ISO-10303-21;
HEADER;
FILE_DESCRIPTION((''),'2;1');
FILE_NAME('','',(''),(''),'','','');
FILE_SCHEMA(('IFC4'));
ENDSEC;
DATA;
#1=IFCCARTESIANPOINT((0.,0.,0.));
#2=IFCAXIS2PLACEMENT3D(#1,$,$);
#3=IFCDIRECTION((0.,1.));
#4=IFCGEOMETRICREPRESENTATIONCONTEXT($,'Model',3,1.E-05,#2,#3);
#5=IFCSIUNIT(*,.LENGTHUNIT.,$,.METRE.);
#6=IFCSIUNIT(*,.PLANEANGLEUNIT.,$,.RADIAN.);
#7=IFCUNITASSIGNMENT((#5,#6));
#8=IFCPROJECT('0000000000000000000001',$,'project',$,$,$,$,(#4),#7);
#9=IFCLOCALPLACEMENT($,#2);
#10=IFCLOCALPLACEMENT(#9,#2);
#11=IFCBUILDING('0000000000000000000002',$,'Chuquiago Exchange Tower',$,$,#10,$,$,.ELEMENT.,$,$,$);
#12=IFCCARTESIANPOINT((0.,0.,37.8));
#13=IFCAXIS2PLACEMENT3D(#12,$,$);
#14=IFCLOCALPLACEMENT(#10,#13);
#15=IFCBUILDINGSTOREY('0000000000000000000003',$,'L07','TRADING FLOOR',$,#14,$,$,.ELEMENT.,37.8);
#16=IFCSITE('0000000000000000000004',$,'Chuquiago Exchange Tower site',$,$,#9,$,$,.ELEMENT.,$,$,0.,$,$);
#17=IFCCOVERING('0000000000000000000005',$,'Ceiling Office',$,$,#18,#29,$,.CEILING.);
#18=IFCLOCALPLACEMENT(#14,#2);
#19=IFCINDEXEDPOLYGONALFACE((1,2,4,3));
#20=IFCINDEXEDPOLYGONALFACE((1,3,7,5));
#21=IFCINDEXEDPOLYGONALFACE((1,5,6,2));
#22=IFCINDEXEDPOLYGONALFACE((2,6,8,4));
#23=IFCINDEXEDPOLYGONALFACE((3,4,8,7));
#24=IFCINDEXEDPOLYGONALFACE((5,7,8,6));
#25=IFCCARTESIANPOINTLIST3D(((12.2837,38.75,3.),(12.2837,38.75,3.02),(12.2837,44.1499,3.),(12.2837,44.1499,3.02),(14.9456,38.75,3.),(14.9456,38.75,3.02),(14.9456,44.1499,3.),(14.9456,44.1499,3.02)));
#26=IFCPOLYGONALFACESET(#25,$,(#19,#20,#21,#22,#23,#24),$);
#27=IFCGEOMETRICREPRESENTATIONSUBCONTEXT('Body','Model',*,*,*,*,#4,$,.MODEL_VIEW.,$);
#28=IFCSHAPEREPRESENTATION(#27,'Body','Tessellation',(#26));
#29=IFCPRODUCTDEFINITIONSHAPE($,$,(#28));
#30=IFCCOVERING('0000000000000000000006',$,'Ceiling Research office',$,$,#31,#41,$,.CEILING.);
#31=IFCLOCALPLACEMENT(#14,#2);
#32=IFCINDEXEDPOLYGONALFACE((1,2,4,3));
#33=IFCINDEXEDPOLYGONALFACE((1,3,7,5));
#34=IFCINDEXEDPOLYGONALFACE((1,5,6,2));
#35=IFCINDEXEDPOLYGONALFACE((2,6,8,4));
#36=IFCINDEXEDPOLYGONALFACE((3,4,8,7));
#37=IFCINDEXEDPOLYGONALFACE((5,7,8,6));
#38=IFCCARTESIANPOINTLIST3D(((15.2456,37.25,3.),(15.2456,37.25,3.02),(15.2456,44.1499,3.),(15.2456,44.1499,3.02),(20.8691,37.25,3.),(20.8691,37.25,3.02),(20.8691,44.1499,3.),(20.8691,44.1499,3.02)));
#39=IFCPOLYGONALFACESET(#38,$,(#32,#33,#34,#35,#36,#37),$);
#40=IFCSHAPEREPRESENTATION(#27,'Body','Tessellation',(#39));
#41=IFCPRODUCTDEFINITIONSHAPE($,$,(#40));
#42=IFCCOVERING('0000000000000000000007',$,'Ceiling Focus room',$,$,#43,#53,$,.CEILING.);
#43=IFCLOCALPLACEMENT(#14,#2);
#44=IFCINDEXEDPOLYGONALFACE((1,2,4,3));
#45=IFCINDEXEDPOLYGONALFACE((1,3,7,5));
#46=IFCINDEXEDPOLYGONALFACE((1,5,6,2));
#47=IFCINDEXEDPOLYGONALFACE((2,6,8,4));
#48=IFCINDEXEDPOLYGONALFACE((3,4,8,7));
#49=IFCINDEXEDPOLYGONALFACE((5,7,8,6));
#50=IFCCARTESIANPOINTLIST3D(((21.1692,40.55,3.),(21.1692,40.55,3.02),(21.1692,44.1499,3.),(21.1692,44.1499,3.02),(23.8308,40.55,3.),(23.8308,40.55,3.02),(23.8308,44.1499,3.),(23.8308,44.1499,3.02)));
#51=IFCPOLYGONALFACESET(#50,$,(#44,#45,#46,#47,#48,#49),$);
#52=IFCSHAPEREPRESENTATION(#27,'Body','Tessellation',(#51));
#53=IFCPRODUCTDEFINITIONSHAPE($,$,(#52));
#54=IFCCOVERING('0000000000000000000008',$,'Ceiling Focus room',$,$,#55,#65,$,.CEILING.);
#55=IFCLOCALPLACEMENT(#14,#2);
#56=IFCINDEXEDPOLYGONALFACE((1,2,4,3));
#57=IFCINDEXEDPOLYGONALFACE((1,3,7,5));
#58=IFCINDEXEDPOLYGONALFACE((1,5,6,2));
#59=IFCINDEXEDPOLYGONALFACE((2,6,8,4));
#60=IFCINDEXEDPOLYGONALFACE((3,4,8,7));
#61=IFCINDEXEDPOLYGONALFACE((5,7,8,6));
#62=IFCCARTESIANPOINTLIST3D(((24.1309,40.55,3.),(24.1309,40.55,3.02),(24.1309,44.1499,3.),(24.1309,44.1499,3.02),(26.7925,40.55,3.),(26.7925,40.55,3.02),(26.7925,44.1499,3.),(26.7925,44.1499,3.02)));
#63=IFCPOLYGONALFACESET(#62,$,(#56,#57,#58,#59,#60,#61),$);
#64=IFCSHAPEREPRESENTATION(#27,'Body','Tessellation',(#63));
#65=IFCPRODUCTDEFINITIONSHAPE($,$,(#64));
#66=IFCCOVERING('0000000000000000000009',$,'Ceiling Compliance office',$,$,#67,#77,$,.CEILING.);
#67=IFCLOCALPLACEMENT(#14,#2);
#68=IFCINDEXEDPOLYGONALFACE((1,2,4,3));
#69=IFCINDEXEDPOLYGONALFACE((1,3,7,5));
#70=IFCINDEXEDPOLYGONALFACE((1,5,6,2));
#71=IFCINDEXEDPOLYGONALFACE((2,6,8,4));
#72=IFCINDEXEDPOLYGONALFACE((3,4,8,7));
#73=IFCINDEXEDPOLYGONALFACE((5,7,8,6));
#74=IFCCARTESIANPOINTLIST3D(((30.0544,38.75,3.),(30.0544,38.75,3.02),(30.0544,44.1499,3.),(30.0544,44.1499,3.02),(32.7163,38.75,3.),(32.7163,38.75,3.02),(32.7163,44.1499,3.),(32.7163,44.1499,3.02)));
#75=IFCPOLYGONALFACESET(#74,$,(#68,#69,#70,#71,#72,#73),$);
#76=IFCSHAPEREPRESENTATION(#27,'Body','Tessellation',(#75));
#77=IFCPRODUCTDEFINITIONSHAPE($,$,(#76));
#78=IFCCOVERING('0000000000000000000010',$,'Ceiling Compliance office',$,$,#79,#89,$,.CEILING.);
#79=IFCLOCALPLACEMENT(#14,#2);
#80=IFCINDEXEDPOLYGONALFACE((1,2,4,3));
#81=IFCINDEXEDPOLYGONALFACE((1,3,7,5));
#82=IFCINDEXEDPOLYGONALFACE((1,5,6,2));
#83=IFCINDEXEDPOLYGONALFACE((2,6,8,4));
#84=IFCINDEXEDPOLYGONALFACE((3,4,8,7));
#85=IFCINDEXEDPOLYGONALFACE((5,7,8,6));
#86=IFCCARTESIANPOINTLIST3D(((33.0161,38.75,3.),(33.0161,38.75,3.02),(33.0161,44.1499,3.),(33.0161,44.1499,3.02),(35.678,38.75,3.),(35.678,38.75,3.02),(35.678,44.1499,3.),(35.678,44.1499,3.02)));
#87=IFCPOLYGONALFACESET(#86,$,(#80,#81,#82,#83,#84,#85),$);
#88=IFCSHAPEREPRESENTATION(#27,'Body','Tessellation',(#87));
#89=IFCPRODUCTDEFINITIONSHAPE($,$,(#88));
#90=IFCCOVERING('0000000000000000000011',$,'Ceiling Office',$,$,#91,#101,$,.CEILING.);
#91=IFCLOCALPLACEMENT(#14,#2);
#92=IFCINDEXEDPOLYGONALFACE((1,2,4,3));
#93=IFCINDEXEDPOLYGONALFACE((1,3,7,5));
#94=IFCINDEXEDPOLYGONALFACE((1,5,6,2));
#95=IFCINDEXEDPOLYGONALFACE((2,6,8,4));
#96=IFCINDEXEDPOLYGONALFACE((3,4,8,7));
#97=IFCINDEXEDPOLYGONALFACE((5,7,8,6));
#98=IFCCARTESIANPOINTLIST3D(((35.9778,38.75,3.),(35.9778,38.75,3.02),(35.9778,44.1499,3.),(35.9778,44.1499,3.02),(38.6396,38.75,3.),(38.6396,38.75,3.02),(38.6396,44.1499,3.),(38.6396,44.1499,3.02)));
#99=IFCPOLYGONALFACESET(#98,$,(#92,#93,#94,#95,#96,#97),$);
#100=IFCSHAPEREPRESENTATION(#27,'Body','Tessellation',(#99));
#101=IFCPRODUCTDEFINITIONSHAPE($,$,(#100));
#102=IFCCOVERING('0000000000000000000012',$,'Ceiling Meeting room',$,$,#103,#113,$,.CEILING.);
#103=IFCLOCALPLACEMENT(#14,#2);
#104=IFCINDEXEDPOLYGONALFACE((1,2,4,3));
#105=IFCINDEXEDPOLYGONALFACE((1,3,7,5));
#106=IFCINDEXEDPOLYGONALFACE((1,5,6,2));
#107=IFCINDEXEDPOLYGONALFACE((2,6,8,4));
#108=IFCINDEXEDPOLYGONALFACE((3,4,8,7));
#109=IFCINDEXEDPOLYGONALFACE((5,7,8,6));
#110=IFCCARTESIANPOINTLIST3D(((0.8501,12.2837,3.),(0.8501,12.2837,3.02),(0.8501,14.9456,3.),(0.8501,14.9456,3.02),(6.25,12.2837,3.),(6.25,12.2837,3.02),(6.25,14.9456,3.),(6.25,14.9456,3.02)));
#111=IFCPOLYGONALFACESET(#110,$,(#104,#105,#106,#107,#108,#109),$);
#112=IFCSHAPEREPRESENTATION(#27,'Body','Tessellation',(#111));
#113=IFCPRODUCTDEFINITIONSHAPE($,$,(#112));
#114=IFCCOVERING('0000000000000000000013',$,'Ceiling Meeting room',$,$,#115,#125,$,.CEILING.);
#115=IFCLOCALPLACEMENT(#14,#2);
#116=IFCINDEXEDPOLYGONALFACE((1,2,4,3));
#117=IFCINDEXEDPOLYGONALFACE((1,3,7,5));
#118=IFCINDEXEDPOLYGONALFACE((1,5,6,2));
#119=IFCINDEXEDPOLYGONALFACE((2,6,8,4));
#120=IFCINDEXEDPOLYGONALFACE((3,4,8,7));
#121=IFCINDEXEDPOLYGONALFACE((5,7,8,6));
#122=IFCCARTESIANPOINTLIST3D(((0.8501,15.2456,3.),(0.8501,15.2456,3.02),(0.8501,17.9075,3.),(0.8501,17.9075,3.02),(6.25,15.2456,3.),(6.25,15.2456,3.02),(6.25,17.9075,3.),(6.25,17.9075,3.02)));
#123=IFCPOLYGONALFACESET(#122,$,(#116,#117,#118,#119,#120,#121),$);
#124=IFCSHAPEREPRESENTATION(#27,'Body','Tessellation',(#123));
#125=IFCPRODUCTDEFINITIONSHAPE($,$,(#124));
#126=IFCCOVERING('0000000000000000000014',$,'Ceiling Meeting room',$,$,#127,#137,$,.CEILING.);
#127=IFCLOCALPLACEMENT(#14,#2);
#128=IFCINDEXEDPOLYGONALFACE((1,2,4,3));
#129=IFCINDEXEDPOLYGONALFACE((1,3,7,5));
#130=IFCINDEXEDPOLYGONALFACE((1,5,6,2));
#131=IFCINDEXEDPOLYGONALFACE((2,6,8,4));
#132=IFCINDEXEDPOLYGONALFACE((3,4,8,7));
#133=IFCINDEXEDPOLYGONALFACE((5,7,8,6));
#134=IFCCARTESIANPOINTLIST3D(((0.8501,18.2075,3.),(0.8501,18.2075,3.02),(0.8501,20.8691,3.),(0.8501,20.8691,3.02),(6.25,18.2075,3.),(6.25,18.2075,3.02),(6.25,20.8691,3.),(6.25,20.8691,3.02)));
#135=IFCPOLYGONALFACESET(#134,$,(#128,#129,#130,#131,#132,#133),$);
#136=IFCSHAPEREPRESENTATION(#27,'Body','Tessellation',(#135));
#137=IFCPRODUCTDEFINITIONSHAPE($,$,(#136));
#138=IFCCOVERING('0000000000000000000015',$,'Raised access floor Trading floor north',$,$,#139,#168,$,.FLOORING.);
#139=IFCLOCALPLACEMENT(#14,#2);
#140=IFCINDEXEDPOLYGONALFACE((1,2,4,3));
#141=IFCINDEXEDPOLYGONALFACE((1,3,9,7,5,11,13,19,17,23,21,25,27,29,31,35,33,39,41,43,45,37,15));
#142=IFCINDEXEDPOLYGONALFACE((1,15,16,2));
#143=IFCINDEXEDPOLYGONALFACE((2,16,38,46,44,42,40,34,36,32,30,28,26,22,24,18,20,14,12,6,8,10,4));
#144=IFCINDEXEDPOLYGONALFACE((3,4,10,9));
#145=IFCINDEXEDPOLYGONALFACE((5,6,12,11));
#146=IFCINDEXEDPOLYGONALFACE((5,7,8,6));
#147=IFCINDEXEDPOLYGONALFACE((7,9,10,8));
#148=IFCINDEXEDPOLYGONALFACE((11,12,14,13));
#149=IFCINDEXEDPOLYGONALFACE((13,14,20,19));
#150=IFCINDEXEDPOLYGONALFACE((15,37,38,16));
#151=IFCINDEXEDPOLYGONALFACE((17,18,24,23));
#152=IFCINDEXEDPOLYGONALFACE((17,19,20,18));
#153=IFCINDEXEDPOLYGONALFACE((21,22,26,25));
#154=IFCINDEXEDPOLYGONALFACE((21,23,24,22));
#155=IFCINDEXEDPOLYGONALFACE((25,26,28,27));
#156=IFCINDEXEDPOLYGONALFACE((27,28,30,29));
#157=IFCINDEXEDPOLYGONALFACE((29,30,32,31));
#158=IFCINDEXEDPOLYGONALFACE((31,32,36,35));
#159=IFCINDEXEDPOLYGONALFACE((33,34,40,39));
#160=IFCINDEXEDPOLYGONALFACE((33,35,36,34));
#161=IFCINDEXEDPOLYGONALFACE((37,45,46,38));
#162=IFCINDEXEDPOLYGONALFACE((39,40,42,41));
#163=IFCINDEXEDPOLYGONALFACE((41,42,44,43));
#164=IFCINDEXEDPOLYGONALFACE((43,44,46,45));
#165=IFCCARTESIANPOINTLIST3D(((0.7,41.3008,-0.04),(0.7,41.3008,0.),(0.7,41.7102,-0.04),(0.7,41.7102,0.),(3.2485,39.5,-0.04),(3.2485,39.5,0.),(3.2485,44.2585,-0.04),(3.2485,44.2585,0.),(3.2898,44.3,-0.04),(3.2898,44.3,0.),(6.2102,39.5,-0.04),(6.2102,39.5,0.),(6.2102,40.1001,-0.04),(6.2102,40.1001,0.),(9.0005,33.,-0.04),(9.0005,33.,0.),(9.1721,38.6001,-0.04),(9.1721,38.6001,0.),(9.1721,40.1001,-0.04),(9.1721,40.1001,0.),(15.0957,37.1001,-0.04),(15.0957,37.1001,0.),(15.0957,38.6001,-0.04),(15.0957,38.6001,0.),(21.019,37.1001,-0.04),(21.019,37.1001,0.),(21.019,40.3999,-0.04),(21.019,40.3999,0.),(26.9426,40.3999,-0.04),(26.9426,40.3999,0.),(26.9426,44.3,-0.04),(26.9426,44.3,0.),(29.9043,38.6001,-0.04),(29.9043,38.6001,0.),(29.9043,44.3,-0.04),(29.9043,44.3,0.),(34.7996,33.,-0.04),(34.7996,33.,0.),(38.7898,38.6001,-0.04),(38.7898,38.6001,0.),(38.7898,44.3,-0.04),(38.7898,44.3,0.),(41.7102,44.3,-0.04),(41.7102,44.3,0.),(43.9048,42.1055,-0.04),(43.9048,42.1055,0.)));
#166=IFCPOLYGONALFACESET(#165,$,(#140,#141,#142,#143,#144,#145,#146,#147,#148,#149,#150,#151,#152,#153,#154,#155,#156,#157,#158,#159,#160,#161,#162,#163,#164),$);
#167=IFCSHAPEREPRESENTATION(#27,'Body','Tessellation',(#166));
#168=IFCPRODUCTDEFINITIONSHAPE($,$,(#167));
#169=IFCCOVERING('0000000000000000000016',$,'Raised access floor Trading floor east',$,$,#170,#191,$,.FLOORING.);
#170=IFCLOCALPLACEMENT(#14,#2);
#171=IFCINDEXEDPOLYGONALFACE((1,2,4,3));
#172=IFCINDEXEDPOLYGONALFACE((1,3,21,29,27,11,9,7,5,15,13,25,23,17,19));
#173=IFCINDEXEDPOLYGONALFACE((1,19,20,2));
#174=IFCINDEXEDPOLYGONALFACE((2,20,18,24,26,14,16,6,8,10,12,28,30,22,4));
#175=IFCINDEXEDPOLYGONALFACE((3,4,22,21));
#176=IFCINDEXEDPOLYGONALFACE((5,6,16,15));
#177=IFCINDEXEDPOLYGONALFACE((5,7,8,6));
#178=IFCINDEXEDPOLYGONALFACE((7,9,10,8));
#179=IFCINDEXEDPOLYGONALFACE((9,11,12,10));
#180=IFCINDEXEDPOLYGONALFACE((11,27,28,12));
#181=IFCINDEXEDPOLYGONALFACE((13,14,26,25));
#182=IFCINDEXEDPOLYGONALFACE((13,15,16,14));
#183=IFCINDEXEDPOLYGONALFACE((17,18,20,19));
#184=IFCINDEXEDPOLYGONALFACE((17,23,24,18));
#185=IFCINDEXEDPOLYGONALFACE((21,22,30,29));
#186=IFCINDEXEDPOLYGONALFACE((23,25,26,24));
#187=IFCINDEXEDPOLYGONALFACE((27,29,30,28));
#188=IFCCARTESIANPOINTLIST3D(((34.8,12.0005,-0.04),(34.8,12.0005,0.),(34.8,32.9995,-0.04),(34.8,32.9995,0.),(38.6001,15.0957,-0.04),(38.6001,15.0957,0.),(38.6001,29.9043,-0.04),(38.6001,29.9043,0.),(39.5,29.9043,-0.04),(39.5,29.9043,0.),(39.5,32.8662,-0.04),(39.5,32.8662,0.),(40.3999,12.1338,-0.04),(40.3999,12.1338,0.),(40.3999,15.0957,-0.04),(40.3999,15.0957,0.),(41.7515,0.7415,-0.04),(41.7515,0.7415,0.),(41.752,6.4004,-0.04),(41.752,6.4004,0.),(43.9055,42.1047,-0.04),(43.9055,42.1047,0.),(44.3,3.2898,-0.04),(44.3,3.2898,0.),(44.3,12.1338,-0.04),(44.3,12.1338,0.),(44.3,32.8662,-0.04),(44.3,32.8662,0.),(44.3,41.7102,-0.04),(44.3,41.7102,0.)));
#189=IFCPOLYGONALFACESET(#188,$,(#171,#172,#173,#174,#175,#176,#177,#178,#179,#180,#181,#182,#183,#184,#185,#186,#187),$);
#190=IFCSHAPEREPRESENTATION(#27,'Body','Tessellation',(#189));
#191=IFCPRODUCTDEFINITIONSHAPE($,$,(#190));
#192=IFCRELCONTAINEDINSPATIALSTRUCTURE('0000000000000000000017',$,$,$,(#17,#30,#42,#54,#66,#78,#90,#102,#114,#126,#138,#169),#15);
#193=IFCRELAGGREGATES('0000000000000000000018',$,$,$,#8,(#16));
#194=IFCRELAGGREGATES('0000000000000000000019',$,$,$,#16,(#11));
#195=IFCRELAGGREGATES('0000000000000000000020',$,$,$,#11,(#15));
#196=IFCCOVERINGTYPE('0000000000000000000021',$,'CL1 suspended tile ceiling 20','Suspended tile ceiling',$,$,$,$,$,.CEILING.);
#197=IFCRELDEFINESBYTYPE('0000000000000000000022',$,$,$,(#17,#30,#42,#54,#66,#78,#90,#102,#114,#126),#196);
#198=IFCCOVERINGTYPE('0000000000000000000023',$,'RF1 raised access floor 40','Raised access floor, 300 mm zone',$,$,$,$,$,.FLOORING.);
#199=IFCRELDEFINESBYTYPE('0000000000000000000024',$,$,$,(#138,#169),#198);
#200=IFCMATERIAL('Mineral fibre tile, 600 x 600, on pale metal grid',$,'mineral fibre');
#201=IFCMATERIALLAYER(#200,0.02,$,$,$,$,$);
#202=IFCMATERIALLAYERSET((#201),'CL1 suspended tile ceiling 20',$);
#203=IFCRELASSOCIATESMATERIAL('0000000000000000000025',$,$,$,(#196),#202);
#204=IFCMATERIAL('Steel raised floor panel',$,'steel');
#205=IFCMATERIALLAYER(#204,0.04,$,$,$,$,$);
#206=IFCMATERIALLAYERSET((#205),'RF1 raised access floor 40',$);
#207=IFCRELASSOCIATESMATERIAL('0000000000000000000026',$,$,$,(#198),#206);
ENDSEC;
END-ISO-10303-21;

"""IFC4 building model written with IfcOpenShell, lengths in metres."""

from ifc_helpers import new_model, si_unit, direction, frame, origin, place, context, subcontext, project, spatial, polyline, outline, extrude, material, layer, layer_set, type_object, element, save


model = new_model("IFC4")

# Units and contexts
model_context = context("Model", 3, precision=1e-05, world=origin(), true_north=direction((0.0, 1.0)))
body_context = subcontext(model_context, "Body", "Model", "MODEL_VIEW")
ifc_project = project(units=[si_unit("LENGTHUNIT", "METRE"), si_unit("PLANEANGLEUNIT", "RADIAN")], contexts=[model_context])

# Site, building, storey
site_placement = place(None, origin())
site = spatial("IfcSite", under=ifc_project, at=site_placement, Name="Chuquiago Exchange Tower site", CompositionType="ELEMENT", RefElevation=0.0)
building_placement = place(site_placement, origin())
building = spatial("IfcBuilding", under=site, at=building_placement, Name="Chuquiago Exchange Tower", CompositionType="ELEMENT")
storey_placement = place(building_placement, frame((0.0, 0.0, 37.8)))
storey = spatial("IfcBuildingStorey", under=building, at=storey_placement, Name="L07", Description="TRADING FLOOR", CompositionType="ELEMENT", Elevation=37.8)

# Coverings
ifc_material_1 = material(Name="Mineral fibre tile, 600 x 600, on pale metal grid", Category="mineral fibre")
ifc_layer_1 = layer(ifc_material_1, 0.02)
ifc_layer_set_1 = layer_set([ifc_layer_1], Name="CL1 suspended tile ceiling 20")
covering_type_1 = type_object("IfcCoveringType", Name="CL1 suspended tile ceiling 20", Description="Suspended tile ceiling", PredefinedType="CEILING", material=ifc_layer_set_1)
covering_1_placement = place(storey_placement, frame((0.0, 0.0, 3.0)))
element("IfcCovering", 1, at=covering_1_placement, inside=storey, type_object=covering_type_1, Name="Ceiling Office", PredefinedType="CEILING", context=body_context, shape_type="SweptSolid", body=[
    extrude(outline(polyline([(14.9456, 38.75), (12.2837, 38.75), (12.2837, 44.1499), (14.9456, 44.1499), (14.9456, 38.75)])), origin(), (0.0, 0.0, 1.0), 0.02),
])
covering_2_placement = place(storey_placement, frame((0.0, 0.0, 3.0)))
element("IfcCovering", 2, at=covering_2_placement, inside=storey, type_object=covering_type_1, Name="Ceiling Research office", PredefinedType="CEILING", context=body_context, shape_type="SweptSolid", body=[
    extrude(outline(polyline([(20.8691, 37.25), (15.2456, 37.25), (15.2456, 44.1499), (20.8691, 44.1499), (20.8691, 37.25)])), origin(), (0.0, 0.0, 1.0), 0.02),
])
covering_3_placement = place(storey_placement, frame((0.0, 0.0, 3.0)))
element("IfcCovering", 3, at=covering_3_placement, inside=storey, type_object=covering_type_1, Name="Ceiling Focus room", PredefinedType="CEILING", context=body_context, shape_type="SweptSolid", body=[
    extrude(outline(polyline([(23.8308, 40.55), (21.1692, 40.55), (21.1692, 44.1499), (23.8308, 44.1499), (23.8308, 40.55)])), origin(), (0.0, 0.0, 1.0), 0.02),
])
covering_4_placement = place(storey_placement, frame((0.0, 0.0, 3.0)))
element("IfcCovering", 4, at=covering_4_placement, inside=storey, type_object=covering_type_1, Name="Ceiling Focus room", PredefinedType="CEILING", context=body_context, shape_type="SweptSolid", body=[
    extrude(outline(polyline([(26.7925, 40.55), (24.1309, 40.55), (24.1309, 44.1499), (26.7925, 44.1499), (26.7925, 40.55)])), origin(), (0.0, 0.0, 1.0), 0.02),
])
covering_5_placement = place(storey_placement, frame((0.0, 0.0, 3.0)))
element("IfcCovering", 5, at=covering_5_placement, inside=storey, type_object=covering_type_1, Name="Ceiling Compliance office", PredefinedType="CEILING", context=body_context, shape_type="SweptSolid", body=[
    extrude(outline(polyline([(32.7163, 38.75), (30.0544, 38.75), (30.0544, 44.1499), (32.7163, 44.1499), (32.7163, 38.75)])), origin(), (0.0, 0.0, 1.0), 0.02),
])
covering_6_placement = place(storey_placement, frame((0.0, 0.0, 3.0)))
element("IfcCovering", 6, at=covering_6_placement, inside=storey, type_object=covering_type_1, Name="Ceiling Compliance office", PredefinedType="CEILING", context=body_context, shape_type="SweptSolid", body=[
    extrude(outline(polyline([(35.678, 38.75), (33.0161, 38.75), (33.0161, 44.1499), (35.678, 44.1499), (35.678, 38.75)])), origin(), (0.0, 0.0, 1.0), 0.02),
])
covering_7_placement = place(storey_placement, frame((0.0, 0.0, 3.0)))
element("IfcCovering", 7, at=covering_7_placement, inside=storey, type_object=covering_type_1, Name="Ceiling Office", PredefinedType="CEILING", context=body_context, shape_type="SweptSolid", body=[
    extrude(outline(polyline([(38.6396, 38.75), (35.9778, 38.75), (35.9778, 44.1499), (38.6396, 44.1499), (38.6396, 38.75)])), origin(), (0.0, 0.0, 1.0), 0.02),
])
covering_8_placement = place(storey_placement, frame((0.0, 0.0, 3.0)))
element("IfcCovering", 8, at=covering_8_placement, inside=storey, type_object=covering_type_1, Name="Ceiling Meeting room", PredefinedType="CEILING", context=body_context, shape_type="SweptSolid", body=[
    extrude(outline(polyline([(6.25, 14.9456), (6.25, 12.2837), (0.8501, 12.2837), (0.8501, 14.9456), (6.25, 14.9456)])), origin(), (0.0, 0.0, 1.0), 0.02),
])
covering_9_placement = place(storey_placement, frame((0.0, 0.0, 3.0)))
element("IfcCovering", 9, at=covering_9_placement, inside=storey, type_object=covering_type_1, Name="Ceiling Meeting room", PredefinedType="CEILING", context=body_context, shape_type="SweptSolid", body=[
    extrude(outline(polyline([(6.25, 17.9075), (6.25, 15.2456), (0.8501, 15.2456), (0.8501, 17.9075), (6.25, 17.9075)])), origin(), (0.0, 0.0, 1.0), 0.02),
])
covering_10_placement = place(storey_placement, frame((0.0, 0.0, 3.0)))
element("IfcCovering", 10, at=covering_10_placement, inside=storey, type_object=covering_type_1, Name="Ceiling Meeting room", PredefinedType="CEILING", context=body_context, shape_type="SweptSolid", body=[
    extrude(outline(polyline([(6.25, 20.8691), (6.25, 18.2075), (0.8501, 18.2075), (0.8501, 20.8691), (6.25, 20.8691)])), origin(), (0.0, 0.0, 1.0), 0.02),
])
ifc_material_2 = material(Name="Steel raised floor panel", Category="steel")
ifc_layer_2 = layer(ifc_material_2, 0.04)
ifc_layer_set_2 = layer_set([ifc_layer_2], Name="RF1 raised access floor 40")
covering_type_2 = type_object("IfcCoveringType", Name="RF1 raised access floor 40", Description="Raised access floor, 300 mm zone", PredefinedType="FLOORING", material=ifc_layer_set_2)
covering_11_placement = place(storey_placement, frame((0.0, 0.0, -0.04)))
element("IfcCovering", 11, at=covering_11_placement, inside=storey, type_object=covering_type_2, Name="Raised access floor Trading floor north", PredefinedType="FLOORING", context=body_context, shape_type="SweptSolid", body=[
    extrude(outline(polyline([(0.7, 41.7102), (3.2898, 44.3), (3.2485, 44.2585), (3.2485, 39.5), (6.2102, 39.5), (6.2102, 40.1001), (9.1721, 40.1001), (9.1721, 38.6001), (15.0957, 38.6001), (15.0957, 37.1001), (21.019, 37.1001), (21.019, 40.3999), (26.9426, 40.3999), (26.9426, 44.3), (29.9043, 44.3), (29.9043, 38.6001), (38.7898, 38.6001), (38.7898, 44.3), (41.7102, 44.3), (43.9048, 42.1055), (34.7996, 33.0), (9.0005, 33.0), (0.7, 41.3008), (0.7, 41.7102)])), origin(), (0.0, 0.0, 1.0), 0.04),
])
covering_12_placement = place(storey_placement, frame((0.0, 0.0, -0.04)))
element("IfcCovering", 12, at=covering_12_placement, inside=storey, type_object=covering_type_2, Name="Raised access floor Trading floor east", PredefinedType="FLOORING", context=body_context, shape_type="SweptSolid", body=[
    extrude(outline(polyline([(44.3, 41.7102), (44.3, 32.8662), (39.5, 32.8662), (39.5, 29.9043), (38.6001, 29.9043), (38.6001, 15.0957), (40.3999, 15.0957), (40.3999, 12.1338), (44.3, 12.1338), (44.3, 3.2898), (41.7515, 0.7415), (41.752, 6.4004), (34.8, 12.0005), (34.8, 32.9995), (43.9055, 42.1047), (44.3, 41.7102)])), origin(), (0.0, 0.0, 1.0), 0.04),
])

save(model, "model.ifc")
